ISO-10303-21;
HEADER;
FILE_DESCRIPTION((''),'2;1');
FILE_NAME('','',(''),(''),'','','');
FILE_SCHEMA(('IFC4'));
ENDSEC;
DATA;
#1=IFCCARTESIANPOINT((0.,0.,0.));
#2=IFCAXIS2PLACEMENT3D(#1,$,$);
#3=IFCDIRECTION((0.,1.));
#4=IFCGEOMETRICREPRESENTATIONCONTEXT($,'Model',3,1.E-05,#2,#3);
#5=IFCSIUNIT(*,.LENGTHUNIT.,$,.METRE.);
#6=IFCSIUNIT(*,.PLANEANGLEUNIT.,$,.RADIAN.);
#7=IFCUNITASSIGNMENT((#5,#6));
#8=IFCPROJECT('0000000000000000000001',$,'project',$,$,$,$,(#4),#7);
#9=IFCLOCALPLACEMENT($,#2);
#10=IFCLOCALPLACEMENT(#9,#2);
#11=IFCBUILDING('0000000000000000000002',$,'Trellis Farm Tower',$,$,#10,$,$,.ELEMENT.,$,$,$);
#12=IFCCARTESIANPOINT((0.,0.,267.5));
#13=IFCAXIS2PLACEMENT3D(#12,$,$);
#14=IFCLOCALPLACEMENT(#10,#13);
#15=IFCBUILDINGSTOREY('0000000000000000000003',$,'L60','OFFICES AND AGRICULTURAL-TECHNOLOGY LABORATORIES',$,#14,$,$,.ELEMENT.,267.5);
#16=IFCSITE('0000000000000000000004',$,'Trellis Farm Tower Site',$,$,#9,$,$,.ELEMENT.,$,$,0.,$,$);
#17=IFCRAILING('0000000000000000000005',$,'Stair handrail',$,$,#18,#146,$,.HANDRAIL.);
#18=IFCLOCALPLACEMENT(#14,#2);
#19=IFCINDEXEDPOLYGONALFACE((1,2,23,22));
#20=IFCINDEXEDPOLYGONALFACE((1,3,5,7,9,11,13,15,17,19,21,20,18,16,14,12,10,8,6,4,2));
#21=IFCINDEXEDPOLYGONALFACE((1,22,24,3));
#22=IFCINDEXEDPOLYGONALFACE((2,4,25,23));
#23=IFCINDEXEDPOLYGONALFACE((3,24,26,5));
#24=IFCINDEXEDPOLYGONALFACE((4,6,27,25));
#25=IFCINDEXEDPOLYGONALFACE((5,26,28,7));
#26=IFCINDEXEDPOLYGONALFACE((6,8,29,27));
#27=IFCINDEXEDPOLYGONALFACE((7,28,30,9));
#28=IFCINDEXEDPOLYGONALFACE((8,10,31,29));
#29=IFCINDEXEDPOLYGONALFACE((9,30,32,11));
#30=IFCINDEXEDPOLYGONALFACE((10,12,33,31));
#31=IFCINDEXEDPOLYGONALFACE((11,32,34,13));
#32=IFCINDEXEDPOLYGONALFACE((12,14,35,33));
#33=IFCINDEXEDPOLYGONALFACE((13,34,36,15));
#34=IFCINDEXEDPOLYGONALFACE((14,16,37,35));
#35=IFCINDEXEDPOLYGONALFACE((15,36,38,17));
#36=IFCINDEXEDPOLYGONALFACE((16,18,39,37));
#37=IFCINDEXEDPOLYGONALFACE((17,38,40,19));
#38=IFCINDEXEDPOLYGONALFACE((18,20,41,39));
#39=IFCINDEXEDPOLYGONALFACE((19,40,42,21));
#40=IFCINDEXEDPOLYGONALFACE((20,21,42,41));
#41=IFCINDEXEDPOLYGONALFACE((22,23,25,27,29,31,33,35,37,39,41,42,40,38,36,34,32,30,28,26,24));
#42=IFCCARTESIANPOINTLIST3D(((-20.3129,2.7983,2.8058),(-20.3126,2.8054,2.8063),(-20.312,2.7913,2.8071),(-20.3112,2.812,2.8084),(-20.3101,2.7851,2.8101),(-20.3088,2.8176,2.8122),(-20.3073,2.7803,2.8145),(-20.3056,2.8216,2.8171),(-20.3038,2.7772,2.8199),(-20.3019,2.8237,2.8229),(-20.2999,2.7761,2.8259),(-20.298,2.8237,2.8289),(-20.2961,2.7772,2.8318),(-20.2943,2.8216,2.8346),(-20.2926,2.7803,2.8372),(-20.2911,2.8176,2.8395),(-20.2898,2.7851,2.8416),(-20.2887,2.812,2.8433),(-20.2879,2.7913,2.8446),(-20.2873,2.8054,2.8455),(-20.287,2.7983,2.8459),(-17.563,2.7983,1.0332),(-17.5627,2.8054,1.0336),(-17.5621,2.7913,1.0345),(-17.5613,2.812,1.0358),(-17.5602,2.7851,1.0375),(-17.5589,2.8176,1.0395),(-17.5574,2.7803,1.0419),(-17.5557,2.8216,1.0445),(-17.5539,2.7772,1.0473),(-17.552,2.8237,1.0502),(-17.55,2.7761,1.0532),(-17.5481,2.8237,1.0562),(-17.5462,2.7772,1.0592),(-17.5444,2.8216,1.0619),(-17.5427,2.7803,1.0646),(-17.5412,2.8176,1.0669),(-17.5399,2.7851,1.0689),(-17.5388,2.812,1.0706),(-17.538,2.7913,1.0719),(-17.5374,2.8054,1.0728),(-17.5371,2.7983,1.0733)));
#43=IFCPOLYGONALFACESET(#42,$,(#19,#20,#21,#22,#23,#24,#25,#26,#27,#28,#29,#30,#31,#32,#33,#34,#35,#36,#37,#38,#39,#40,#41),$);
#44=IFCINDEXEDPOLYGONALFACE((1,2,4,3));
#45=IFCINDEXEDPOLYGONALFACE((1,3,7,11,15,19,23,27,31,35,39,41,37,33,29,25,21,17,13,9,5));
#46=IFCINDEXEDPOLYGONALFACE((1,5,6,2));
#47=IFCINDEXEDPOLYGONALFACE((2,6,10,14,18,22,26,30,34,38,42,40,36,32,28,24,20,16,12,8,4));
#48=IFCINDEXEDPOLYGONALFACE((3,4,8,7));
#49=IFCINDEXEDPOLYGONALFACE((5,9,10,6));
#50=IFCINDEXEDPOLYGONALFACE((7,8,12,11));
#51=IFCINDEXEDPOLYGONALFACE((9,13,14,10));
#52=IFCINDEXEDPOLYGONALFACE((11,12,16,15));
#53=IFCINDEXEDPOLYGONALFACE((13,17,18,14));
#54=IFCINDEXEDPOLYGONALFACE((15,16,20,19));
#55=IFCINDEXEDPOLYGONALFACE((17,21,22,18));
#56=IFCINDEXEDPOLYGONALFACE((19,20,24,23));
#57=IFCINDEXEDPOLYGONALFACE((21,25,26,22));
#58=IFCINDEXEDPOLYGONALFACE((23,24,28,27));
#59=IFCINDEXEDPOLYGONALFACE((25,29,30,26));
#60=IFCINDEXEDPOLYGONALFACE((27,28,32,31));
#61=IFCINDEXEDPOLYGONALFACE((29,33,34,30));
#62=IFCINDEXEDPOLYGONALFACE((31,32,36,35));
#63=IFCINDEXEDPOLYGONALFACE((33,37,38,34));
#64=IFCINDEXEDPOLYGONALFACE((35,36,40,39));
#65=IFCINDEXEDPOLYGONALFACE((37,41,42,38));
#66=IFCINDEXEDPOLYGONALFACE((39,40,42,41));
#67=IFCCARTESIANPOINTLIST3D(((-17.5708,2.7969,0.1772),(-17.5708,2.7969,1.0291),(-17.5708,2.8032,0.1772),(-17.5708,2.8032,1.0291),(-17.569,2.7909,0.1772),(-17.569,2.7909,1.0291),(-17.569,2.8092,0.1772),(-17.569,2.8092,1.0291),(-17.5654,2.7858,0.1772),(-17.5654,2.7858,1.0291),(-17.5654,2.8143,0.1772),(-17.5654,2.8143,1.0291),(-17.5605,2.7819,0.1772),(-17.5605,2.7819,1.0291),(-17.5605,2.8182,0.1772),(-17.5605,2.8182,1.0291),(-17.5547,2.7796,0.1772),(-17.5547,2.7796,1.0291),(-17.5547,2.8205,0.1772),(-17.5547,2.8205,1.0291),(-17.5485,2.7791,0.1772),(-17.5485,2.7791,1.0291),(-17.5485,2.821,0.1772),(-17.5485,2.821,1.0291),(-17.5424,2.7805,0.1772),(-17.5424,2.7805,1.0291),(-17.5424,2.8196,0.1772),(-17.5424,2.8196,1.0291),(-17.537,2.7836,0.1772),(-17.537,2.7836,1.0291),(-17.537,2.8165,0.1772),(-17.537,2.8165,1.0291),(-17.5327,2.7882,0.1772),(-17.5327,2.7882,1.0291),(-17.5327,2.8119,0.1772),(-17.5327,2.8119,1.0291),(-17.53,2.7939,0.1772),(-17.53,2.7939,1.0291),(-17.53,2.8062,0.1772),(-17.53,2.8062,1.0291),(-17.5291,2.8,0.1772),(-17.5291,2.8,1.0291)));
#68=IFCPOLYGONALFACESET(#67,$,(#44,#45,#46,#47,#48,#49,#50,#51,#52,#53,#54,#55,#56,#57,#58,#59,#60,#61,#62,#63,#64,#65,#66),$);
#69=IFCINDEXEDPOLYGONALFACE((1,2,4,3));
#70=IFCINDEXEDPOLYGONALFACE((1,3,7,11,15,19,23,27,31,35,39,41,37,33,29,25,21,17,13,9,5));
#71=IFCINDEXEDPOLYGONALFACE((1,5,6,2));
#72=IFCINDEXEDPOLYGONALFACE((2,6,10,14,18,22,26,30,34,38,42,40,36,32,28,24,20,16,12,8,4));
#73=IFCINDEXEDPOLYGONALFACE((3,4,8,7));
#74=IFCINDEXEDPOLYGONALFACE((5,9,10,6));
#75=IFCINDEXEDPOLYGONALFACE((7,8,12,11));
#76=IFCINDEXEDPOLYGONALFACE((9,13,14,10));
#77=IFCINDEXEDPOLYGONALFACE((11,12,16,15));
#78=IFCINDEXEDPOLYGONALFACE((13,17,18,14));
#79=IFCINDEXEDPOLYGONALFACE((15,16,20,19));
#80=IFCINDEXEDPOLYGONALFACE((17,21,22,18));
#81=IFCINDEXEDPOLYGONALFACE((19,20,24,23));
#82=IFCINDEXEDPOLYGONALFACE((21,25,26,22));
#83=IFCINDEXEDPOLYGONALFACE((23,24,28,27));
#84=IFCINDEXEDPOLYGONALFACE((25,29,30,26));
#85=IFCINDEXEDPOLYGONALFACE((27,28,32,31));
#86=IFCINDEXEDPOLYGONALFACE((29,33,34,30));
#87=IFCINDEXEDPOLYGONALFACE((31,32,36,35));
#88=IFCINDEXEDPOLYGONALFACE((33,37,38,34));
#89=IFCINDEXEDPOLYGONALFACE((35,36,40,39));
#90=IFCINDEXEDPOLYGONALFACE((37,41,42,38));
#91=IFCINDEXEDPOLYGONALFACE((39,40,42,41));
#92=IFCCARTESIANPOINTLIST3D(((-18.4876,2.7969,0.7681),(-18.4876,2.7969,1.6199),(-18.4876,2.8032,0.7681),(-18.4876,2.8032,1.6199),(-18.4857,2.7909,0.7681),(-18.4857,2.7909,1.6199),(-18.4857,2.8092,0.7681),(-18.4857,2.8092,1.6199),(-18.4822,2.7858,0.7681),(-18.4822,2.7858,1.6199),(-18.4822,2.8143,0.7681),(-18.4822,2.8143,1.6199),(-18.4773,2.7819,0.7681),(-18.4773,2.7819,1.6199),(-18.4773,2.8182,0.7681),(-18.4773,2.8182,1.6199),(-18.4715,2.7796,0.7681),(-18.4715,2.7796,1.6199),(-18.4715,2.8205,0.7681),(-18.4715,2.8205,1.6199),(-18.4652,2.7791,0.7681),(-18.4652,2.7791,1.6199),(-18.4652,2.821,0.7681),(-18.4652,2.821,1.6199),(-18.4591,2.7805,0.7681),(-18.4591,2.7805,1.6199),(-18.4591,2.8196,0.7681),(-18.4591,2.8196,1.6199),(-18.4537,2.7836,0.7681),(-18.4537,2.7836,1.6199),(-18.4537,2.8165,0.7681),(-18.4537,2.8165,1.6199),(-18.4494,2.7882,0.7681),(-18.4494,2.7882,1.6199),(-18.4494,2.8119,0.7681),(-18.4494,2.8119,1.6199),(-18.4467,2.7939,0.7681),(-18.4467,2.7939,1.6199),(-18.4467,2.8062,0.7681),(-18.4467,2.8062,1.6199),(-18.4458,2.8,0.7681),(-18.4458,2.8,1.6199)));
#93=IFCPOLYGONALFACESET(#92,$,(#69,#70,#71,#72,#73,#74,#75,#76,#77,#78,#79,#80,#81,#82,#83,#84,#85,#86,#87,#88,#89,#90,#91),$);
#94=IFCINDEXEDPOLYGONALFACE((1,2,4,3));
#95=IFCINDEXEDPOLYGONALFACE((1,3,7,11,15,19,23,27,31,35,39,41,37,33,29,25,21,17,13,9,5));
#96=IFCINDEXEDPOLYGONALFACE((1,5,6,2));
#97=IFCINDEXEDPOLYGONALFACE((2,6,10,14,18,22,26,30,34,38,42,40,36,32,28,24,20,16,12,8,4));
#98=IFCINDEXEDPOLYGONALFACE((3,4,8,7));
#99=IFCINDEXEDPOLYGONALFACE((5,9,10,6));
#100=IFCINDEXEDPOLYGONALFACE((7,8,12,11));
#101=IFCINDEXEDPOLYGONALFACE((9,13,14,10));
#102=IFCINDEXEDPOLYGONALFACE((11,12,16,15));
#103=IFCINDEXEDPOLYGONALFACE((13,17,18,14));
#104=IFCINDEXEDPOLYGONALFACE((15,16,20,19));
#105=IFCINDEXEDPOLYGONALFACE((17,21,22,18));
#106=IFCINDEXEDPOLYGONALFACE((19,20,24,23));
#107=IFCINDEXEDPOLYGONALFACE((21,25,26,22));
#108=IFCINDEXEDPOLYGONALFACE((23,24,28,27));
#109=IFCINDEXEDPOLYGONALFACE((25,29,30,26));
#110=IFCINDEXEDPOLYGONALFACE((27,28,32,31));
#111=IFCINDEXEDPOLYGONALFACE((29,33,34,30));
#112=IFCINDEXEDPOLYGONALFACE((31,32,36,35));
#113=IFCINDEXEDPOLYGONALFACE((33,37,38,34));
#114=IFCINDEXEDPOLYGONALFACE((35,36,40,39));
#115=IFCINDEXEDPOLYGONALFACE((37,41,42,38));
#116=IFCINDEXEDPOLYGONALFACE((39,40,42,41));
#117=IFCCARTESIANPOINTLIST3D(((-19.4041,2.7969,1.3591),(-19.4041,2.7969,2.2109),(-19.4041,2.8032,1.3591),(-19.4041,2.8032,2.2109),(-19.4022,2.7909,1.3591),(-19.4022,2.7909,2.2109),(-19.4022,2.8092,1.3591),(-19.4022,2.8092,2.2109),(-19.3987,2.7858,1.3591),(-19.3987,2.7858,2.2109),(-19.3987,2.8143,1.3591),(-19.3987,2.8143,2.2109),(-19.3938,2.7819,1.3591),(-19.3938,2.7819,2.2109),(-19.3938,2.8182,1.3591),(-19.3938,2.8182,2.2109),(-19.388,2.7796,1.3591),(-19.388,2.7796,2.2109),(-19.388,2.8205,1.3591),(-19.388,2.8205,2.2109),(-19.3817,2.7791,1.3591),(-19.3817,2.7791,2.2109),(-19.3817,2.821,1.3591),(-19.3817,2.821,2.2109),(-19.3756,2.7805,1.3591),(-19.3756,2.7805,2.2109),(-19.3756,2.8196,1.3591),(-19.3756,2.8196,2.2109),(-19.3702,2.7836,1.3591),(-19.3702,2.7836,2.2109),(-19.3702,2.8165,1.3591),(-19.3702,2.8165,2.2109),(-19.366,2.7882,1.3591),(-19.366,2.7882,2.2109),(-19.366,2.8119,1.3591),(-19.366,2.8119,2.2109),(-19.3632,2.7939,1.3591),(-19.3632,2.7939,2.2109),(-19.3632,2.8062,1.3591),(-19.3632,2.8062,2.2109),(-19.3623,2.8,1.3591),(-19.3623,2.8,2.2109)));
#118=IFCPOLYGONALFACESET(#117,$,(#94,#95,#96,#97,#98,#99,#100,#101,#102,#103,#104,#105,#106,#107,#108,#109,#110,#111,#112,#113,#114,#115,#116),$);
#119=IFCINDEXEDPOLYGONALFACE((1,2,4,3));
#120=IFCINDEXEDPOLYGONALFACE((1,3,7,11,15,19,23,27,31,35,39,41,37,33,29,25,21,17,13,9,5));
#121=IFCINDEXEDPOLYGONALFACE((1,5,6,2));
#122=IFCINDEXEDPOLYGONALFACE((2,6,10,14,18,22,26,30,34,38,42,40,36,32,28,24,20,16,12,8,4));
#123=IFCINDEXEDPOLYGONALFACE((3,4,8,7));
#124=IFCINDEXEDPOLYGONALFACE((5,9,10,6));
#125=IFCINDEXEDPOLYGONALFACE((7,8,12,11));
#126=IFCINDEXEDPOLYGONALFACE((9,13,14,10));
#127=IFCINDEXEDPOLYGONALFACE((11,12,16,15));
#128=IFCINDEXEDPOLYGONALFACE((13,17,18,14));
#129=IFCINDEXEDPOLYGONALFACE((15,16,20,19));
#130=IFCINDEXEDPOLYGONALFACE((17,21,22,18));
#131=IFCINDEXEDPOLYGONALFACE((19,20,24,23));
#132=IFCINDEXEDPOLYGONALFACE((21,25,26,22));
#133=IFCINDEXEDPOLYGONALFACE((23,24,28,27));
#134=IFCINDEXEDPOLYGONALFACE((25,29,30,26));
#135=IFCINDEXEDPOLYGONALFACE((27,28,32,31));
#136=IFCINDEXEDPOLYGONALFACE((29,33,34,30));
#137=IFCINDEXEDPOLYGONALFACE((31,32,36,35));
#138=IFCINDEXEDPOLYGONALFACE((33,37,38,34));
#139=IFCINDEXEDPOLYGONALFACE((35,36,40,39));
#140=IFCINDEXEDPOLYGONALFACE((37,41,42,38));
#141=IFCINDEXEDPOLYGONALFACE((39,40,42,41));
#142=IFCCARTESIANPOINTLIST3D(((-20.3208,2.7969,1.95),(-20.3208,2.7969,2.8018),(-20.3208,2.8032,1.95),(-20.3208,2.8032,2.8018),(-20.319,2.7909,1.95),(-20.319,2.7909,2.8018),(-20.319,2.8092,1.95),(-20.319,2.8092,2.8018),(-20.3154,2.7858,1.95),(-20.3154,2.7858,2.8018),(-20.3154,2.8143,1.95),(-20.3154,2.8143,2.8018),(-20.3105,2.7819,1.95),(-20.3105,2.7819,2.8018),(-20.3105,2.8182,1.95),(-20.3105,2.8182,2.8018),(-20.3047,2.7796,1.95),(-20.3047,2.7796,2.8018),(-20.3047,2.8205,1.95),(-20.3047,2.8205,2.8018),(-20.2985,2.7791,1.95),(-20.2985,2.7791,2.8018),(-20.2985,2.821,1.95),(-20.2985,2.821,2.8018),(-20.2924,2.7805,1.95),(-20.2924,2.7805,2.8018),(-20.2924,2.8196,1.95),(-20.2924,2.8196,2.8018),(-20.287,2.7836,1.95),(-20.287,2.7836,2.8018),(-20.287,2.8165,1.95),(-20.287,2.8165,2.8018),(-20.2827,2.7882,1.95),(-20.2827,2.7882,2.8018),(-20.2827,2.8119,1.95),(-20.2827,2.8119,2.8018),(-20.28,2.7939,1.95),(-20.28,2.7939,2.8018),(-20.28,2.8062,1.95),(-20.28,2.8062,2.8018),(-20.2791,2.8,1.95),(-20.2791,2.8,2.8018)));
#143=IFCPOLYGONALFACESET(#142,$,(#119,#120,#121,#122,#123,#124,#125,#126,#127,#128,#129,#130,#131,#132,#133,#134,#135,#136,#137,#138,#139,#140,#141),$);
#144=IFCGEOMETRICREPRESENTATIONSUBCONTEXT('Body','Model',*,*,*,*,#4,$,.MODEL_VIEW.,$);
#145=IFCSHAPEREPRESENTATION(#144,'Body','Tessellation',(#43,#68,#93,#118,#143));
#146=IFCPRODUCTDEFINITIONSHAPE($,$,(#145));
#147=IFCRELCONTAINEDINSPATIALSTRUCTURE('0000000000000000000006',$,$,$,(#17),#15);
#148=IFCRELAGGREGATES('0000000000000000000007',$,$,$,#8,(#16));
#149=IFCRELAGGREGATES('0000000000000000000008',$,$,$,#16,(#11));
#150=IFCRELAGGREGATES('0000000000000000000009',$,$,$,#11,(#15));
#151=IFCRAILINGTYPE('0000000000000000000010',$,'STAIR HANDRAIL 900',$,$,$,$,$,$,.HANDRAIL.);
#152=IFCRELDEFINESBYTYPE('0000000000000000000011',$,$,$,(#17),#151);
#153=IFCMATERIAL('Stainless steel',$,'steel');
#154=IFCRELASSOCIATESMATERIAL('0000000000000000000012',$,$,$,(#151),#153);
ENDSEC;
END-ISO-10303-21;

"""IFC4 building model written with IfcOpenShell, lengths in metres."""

from ifc_helpers import new_model, si_unit, direction, frame, origin, origin_2d, place, context, subcontext, project, spatial, circle, extrude, source, transform, mapped, material, type_object, element, save


model = new_model("IFC4")

# Units and contexts
model_context = context("Model", 3, precision=1e-05, world=origin(), true_north=direction((0.0, 1.0)))
body_context = subcontext(model_context, "Body", "Model", "MODEL_VIEW")
ifc_project = project(units=[si_unit("LENGTHUNIT", "METRE"), si_unit("PLANEANGLEUNIT", "RADIAN")], contexts=[model_context])

# Site, building, storey
site_placement = place(None, origin())
site = spatial("IfcSite", under=ifc_project, at=site_placement, Name="Trellis Farm Tower Site", CompositionType="ELEMENT", RefElevation=0.0)
building_placement = place(site_placement, origin())
building = spatial("IfcBuilding", under=site, at=building_placement, Name="Trellis Farm Tower", CompositionType="ELEMENT")
storey_placement = place(building_placement, frame((0.0, 0.0, 267.5)))
storey = spatial("IfcBuildingStorey", under=building, at=storey_placement, Name="L60", Description="OFFICES AND AGRICULTURAL-TECHNOLOGY LABORATORIES", CompositionType="ELEMENT", Elevation=267.5)

# Railing
ifc_material_1 = material(Name="Stainless steel", Category="steel")
railing_type = type_object("IfcRailingType", Name="STAIR HANDRAIL 900", PredefinedType="HANDRAIL", material=ifc_material_1)
shared_shape_1 = source(origin(), body_context, "Body", "SweptSolid", [
    extrude(circle(Radius=0.0239, at=origin_2d()), frame((0.0, 0.0, 0.876), z_axis=(-0.840504, 0.0, 0.541806), x_axis=(0.0, -1.0, 0.0)), (0.0, 0.0, 1.0), 3.2717),
    extrude(circle(Radius=0.021, at=origin_2d()), origin(), (0.0, 0.0, 1.0), 0.8518),
    extrude(circle(Radius=0.021, at=origin_2d()), frame((-0.9167, 0.0, 0.5908)), (0.0, 0.0, 1.0), 0.8518),
    extrude(circle(Radius=0.021, at=origin_2d()), frame((-1.8333, 0.0, 1.1819)), (0.0, 0.0, 1.0), 0.8518),
    extrude(circle(Radius=0.021, at=origin_2d()), frame((-2.75, 0.0, 1.7727)), (0.0, 0.0, 1.0), 0.8518),
])
for number, where, name in (
    (1, (-17.55, 2.8, 0.1772), "Stair handrail"),
):
    element("IfcRailing", number, at=place(storey_placement, frame(where)), inside=storey, type_object=railing_type, Name=name, PredefinedType="HANDRAIL", context=body_context, shape_type="MappedRepresentation", body=[
        mapped(shared_shape_1, transform((0.0, 0.0, 0.0))),
    ])

save(model, "model.ifc")
